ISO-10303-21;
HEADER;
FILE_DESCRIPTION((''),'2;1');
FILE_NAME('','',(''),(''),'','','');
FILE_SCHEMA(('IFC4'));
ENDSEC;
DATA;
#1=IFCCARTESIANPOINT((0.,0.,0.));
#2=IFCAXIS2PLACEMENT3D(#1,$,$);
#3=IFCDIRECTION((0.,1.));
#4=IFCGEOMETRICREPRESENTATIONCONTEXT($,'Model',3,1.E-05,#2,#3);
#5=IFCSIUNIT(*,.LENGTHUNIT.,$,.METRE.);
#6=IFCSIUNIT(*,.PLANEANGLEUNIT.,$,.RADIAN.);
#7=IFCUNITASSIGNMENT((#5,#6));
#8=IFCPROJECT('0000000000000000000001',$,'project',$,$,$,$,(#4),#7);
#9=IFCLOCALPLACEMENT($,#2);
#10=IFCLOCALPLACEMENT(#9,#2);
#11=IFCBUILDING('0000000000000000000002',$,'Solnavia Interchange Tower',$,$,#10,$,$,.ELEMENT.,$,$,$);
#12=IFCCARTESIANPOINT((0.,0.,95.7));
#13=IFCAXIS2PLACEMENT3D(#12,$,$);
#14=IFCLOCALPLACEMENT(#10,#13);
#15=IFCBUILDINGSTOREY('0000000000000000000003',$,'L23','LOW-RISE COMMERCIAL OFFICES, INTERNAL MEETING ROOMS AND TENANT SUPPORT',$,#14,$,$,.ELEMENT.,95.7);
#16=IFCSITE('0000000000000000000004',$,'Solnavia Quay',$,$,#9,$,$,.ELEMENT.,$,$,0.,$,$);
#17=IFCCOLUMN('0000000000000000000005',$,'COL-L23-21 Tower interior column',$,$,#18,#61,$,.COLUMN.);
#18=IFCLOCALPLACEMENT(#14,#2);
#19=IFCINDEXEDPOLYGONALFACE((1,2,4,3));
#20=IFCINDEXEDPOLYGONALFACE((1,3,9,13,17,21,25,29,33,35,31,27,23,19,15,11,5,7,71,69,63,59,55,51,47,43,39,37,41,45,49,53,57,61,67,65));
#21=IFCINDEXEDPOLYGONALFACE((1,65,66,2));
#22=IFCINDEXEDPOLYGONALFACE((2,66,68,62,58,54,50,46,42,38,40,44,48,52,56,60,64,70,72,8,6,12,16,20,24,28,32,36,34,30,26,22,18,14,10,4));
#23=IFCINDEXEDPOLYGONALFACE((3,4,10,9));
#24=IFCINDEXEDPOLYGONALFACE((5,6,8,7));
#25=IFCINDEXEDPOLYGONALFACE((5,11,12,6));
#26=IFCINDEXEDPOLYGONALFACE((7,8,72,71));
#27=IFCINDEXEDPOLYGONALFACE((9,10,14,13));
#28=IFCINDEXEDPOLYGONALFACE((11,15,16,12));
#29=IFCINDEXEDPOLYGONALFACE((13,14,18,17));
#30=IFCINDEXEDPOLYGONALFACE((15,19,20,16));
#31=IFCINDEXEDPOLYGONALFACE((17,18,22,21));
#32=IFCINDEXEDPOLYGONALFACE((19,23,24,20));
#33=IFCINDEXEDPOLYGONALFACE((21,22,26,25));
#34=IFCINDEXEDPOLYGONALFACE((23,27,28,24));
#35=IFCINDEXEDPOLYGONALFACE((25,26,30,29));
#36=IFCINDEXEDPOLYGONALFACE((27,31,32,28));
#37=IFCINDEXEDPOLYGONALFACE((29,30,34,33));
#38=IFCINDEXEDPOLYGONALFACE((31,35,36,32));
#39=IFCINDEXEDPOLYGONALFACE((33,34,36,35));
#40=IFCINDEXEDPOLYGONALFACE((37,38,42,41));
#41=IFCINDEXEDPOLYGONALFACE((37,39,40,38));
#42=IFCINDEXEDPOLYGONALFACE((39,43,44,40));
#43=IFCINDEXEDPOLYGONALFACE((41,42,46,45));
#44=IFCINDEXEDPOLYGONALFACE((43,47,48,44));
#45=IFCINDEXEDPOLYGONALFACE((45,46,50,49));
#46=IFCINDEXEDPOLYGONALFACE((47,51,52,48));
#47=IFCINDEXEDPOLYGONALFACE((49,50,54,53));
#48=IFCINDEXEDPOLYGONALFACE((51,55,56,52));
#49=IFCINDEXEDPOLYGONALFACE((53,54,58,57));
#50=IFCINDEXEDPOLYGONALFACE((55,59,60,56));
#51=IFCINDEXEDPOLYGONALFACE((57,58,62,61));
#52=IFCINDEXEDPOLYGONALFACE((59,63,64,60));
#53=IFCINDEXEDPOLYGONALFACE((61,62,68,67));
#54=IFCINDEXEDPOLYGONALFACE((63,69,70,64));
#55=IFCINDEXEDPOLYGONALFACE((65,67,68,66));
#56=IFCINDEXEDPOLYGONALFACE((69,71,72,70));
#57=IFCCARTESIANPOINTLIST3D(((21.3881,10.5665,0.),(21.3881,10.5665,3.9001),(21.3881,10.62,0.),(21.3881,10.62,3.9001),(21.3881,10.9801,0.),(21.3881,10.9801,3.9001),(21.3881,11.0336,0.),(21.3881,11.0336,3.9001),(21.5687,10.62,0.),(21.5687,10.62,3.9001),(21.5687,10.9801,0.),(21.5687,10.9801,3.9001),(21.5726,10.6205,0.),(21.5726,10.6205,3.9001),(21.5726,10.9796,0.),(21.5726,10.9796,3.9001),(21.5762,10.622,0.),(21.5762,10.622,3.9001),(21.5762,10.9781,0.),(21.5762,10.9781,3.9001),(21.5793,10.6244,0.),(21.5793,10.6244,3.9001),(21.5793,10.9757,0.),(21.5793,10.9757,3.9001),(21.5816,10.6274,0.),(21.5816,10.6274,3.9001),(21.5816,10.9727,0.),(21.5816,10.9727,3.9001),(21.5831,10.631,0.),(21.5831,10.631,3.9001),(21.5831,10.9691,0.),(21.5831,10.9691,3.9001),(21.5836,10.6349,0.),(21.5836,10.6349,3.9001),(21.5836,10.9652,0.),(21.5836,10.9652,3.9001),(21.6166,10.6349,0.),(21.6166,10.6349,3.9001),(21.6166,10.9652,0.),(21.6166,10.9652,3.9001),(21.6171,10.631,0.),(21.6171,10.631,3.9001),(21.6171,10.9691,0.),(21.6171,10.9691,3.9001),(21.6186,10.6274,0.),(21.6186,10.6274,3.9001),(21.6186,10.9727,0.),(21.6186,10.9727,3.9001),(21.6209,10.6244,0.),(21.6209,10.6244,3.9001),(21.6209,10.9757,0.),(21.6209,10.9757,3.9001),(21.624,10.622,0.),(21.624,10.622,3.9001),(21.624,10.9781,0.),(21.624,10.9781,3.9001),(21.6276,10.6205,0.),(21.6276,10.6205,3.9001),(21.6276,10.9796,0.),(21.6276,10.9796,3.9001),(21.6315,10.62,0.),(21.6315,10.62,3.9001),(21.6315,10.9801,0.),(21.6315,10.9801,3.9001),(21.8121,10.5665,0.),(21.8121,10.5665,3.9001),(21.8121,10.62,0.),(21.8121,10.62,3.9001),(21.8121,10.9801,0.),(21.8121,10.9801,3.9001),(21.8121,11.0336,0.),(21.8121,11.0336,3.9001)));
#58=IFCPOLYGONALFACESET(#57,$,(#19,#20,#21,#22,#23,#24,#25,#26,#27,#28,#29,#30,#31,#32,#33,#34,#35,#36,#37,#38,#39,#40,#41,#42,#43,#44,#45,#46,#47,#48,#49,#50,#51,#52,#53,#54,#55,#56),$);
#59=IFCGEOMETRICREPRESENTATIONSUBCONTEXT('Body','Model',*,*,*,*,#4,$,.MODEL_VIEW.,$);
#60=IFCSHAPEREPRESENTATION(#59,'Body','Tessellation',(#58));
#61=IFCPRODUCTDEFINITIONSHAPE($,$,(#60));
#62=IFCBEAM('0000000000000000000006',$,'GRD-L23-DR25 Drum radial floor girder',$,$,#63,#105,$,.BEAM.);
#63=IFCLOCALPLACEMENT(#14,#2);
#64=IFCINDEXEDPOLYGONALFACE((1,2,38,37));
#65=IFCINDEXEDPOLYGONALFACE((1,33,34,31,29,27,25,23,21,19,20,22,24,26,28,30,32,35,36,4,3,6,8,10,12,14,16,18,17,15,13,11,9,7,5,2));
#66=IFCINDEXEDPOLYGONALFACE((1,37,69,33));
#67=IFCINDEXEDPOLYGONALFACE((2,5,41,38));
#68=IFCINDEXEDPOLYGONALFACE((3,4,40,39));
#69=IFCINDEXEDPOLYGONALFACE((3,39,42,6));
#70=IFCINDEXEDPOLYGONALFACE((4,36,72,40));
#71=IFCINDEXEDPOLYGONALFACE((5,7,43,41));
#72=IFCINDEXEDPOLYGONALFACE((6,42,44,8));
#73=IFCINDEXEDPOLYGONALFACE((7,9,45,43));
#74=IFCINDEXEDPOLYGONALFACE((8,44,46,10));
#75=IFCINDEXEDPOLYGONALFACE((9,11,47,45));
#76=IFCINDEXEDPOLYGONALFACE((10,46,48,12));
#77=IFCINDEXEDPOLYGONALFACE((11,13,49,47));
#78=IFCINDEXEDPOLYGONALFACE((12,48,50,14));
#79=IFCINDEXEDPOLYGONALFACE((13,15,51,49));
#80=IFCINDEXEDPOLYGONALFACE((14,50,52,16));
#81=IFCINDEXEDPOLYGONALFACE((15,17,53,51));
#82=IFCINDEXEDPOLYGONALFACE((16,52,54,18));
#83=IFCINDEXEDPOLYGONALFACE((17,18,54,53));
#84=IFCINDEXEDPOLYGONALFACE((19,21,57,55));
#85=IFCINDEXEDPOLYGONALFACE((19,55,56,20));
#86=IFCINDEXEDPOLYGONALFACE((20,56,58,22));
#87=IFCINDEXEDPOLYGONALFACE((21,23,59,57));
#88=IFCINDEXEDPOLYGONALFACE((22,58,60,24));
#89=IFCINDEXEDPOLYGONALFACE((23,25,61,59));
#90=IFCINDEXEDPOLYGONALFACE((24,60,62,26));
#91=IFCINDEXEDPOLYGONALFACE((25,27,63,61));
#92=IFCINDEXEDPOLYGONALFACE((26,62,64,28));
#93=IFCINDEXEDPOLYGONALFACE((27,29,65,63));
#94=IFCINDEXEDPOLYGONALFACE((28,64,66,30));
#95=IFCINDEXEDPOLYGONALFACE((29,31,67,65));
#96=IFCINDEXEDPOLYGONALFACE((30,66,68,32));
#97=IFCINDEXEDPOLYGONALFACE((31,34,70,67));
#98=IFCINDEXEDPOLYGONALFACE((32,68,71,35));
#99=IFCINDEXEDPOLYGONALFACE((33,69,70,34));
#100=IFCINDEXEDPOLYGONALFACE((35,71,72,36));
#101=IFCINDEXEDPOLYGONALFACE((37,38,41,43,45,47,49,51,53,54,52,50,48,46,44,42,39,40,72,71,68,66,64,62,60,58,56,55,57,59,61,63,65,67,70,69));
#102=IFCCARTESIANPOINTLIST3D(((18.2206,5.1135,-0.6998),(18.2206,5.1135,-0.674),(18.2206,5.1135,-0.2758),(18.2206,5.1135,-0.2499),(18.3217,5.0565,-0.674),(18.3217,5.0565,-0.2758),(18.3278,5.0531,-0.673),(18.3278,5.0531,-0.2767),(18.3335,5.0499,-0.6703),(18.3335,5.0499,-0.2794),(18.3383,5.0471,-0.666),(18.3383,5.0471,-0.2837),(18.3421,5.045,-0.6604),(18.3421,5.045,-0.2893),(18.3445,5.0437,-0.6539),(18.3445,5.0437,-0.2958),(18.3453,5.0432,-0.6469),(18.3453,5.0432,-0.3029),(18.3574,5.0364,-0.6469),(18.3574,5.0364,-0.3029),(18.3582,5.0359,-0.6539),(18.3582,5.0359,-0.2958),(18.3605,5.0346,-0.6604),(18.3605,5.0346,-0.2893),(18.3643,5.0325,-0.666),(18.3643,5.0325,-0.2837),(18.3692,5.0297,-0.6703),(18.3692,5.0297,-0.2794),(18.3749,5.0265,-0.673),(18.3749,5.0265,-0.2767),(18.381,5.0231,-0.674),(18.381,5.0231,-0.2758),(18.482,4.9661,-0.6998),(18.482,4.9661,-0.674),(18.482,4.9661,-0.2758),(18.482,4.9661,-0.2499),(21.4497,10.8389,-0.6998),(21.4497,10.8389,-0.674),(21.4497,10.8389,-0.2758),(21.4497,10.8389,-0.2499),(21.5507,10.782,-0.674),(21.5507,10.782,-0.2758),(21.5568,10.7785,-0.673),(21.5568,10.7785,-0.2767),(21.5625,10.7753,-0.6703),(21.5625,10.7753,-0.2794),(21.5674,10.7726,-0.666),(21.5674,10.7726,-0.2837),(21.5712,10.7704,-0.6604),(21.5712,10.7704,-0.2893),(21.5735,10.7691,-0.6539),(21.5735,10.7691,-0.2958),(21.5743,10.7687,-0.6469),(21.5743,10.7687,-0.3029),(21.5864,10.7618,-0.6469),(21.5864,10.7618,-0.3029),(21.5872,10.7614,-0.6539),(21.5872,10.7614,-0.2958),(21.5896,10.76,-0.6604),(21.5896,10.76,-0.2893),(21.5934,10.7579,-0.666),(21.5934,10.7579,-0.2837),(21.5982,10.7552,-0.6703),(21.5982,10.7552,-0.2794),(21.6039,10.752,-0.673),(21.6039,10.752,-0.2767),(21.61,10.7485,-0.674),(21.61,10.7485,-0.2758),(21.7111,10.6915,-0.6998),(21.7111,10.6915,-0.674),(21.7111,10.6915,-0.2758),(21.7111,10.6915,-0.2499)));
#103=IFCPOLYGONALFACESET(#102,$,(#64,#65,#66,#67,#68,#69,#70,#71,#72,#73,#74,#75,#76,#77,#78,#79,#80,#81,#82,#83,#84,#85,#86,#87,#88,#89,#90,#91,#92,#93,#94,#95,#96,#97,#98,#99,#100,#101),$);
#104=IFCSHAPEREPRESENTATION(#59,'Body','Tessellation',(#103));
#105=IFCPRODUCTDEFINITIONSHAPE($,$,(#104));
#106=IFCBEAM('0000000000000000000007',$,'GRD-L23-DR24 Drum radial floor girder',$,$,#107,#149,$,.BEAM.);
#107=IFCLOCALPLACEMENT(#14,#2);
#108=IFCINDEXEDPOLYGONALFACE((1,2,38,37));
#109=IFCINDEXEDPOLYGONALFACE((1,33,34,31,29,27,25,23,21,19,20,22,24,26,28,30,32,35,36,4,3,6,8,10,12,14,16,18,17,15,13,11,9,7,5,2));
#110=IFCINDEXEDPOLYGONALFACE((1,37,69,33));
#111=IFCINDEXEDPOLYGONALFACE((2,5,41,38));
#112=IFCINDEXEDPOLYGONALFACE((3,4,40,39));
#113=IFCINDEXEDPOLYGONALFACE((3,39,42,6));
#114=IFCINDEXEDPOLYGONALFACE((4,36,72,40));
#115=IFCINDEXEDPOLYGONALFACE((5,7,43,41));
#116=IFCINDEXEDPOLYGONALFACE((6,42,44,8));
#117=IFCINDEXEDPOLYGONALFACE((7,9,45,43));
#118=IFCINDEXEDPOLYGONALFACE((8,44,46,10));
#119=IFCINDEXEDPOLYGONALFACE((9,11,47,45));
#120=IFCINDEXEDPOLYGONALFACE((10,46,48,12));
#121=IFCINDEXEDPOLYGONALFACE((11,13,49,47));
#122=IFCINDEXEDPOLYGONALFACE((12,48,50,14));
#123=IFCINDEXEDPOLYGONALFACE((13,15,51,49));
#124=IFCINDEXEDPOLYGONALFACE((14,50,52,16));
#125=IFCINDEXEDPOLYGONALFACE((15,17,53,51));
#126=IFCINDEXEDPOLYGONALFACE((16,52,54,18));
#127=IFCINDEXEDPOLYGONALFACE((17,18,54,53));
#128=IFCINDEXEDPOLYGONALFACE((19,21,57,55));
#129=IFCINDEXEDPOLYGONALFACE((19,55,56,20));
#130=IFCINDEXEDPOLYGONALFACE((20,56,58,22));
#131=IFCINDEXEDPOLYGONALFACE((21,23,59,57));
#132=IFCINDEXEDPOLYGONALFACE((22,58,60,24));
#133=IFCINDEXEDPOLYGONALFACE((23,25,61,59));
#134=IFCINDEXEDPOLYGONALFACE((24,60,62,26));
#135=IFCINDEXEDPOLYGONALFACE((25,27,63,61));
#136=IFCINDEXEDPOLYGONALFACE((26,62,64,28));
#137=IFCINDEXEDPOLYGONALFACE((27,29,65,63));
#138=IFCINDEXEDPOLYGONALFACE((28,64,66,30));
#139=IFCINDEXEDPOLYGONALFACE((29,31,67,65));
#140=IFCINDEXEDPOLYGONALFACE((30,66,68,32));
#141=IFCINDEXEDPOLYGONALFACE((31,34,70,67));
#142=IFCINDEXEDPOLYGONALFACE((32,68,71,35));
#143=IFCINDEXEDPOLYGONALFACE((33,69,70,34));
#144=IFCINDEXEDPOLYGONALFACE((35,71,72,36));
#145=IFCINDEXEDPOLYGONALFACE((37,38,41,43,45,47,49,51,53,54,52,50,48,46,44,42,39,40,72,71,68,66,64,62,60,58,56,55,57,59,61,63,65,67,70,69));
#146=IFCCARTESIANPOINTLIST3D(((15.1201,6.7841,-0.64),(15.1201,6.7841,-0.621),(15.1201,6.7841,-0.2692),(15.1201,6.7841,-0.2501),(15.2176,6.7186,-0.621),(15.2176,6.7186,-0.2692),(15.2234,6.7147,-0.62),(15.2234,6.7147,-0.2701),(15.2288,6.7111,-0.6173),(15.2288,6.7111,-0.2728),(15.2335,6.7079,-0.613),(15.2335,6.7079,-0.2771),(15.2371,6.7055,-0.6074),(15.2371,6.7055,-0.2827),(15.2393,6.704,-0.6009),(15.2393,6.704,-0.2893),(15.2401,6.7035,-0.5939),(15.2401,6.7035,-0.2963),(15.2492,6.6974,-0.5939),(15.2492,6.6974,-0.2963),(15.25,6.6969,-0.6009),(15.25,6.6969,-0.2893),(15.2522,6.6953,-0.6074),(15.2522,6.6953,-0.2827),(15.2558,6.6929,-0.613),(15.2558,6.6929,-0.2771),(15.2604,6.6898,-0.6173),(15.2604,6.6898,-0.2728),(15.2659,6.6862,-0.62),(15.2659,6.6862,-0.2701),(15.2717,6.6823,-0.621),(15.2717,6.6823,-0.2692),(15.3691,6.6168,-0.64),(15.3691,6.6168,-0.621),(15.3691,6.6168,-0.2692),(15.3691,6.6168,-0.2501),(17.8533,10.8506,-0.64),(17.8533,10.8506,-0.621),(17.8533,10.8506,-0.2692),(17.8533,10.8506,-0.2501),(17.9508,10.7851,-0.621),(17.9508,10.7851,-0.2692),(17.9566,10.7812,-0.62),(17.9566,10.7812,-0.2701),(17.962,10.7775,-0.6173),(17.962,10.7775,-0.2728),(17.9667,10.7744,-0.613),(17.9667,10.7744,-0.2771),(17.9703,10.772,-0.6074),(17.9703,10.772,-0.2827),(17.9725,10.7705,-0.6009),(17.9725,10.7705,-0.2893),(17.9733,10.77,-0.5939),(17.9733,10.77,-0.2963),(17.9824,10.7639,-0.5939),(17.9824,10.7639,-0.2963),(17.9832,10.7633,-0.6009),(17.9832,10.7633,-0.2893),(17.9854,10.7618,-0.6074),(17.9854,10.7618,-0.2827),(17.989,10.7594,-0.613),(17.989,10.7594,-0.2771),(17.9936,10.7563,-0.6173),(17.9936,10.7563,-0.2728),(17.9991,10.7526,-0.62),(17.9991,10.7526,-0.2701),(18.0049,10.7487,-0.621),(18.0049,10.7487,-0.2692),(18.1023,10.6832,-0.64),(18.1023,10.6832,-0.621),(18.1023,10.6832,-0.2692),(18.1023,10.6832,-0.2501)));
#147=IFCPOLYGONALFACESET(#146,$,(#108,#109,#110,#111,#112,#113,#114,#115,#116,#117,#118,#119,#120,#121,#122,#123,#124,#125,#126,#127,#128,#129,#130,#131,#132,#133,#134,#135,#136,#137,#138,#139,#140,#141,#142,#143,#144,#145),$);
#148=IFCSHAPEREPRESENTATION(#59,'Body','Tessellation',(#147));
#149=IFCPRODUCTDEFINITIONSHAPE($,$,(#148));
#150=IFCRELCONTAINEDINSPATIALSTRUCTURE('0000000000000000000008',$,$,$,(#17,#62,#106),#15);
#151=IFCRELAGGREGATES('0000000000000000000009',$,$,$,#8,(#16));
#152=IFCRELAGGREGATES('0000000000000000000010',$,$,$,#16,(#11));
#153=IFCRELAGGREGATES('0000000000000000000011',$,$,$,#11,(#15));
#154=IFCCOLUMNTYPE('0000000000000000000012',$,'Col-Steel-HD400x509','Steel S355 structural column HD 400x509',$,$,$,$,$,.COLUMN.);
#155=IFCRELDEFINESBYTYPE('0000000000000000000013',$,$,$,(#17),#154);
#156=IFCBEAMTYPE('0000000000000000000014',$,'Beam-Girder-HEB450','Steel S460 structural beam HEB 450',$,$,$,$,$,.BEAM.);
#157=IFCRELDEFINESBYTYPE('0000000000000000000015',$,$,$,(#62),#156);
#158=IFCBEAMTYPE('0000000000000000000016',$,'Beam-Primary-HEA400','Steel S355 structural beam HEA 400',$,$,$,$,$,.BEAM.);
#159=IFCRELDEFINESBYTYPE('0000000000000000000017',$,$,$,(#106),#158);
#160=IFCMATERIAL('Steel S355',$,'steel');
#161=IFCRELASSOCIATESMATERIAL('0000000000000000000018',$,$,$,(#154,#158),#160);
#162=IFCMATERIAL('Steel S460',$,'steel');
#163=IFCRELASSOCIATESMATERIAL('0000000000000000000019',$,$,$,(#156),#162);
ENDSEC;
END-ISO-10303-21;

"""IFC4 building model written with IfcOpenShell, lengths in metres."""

from ifc_helpers import new_model, si_unit, direction, frame, origin, origin_2d, place, context, subcontext, project, spatial, i_section, extrude, material, material_profile, profile_set, type_object, element, save


model = new_model("IFC4")

# Units and contexts
model_context = context("Model", 3, precision=1e-05, world=origin(), true_north=direction((0.0, 1.0)))
body_context = subcontext(model_context, "Body", "Model", "MODEL_VIEW")
ifc_project = project(units=[si_unit("LENGTHUNIT", "METRE"), si_unit("PLANEANGLEUNIT", "RADIAN")], contexts=[model_context])

# Site, building, storey
site_placement = place(None, origin())
site = spatial("IfcSite", under=ifc_project, at=site_placement, Name="Solnavia Quay", CompositionType="ELEMENT", RefElevation=0.0)
building_placement = place(site_placement, origin())
building = spatial("IfcBuilding", under=site, at=building_placement, Name="Solnavia Interchange Tower", CompositionType="ELEMENT")
storey_placement = place(building_placement, frame((0.0, 0.0, 95.7)))
storey = spatial("IfcBuildingStorey", under=building, at=storey_placement, Name="L23", Description="LOW-RISE COMMERCIAL OFFICES, INTERNAL MEETING ROOMS AND TENANT SUPPORT", CompositionType="ELEMENT", Elevation=95.7)

# Column
ifc_material_1 = material(Name="Steel S355", Category="steel")
ifc_material_profile_1 = material_profile(ifc_material_1, i_section(OverallWidth=0.4241, OverallDepth=0.467, WebThickness=0.033, FlangeThickness=0.0535, FilletRadius=0.0149, at=origin_2d()), Name="HD 400x509")
ifc_profile_set_1 = profile_set([ifc_material_profile_1], Name="Steel S355")
column_type_1 = type_object("IfcColumnType", Name="Col-Steel-HD400x509", Description="Steel S355 structural column HD 400x509", PredefinedType="COLUMN", material=ifc_profile_set_1)
column_placement = place(storey_placement, frame((21.6001, 10.8, 0.0), z_axis=(0.0, 0.0, 1.0), x_axis=(1.0, 0.0, 0.0)))
element("IfcColumn", 1, at=column_placement, inside=storey, type_object=column_type_1, Name="COL-L23-21 Tower interior column", PredefinedType="COLUMN", context=body_context, shape_type="SweptSolid", body=[
    extrude(i_section(OverallWidth=0.4241, OverallDepth=0.467, WebThickness=0.033, FlangeThickness=0.0535, FilletRadius=0.0149, at=origin_2d()), origin(), (0.0, 0.0, 1.0), 3.9001),
])

# Beams
ifc_material_2 = material(Name="Steel S460", Category="steel")
ifc_material_profile_2 = material_profile(ifc_material_2, i_section(OverallWidth=0.3, OverallDepth=0.45, WebThickness=0.0139, FlangeThickness=0.0259, FilletRadius=0.0271, at=origin_2d()), Name="HEB 450")
ifc_profile_set_2 = profile_set([ifc_material_profile_2], Name="Steel S460")
beam_type_1 = type_object("IfcBeamType", Name="Beam-Girder-HEB450", Description="Steel S460 structural beam HEB 450", PredefinedType="BEAM", material=ifc_profile_set_2)
beam_1_placement = place(storey_placement, frame((18.3513, 5.0398, -0.4749), z_axis=(0.491243, 0.871022, 0.0), x_axis=(-0.871022, 0.491243, 0.0)))
element("IfcBeam", 2, at=beam_1_placement, inside=storey, type_object=beam_type_1, Name="GRD-L23-DR25 Drum radial floor girder", PredefinedType="BEAM", context=body_context, shape_type="SweptSolid", body=[
    extrude(i_section(OverallWidth=0.3, OverallDepth=0.45, WebThickness=0.0139, FlangeThickness=0.0259, FilletRadius=0.0271, at=origin_2d()), origin(), (0.0, 0.0, 1.0), 6.5732),
])
ifc_material_profile_3 = material_profile(ifc_material_1, i_section(OverallWidth=0.3, OverallDepth=0.3899, WebThickness=0.011, FlangeThickness=0.019, FilletRadius=0.0271, at=origin_2d()), Name="HEA 400")
ifc_profile_set_3 = profile_set([ifc_material_profile_3], Name="Steel S355")
beam_type_2 = type_object("IfcBeamType", Name="Beam-Primary-HEA400", Description="Steel S355 structural beam HEA 400", PredefinedType="BEAM", material=ifc_profile_set_3)
beam_2_placement = place(storey_placement, frame((15.2446, 6.7004, -0.4451), z_axis=(0.557835, 0.829952, 0.0), x_axis=(-0.829952, 0.557835, 0.0)))
element("IfcBeam", 3, at=beam_2_placement, inside=storey, type_object=beam_type_2, Name="GRD-L23-DR24 Drum radial floor girder", PredefinedType="BEAM", context=body_context, shape_type="SweptSolid", body=[
    extrude(i_section(OverallWidth=0.3, OverallDepth=0.3899, WebThickness=0.011, FlangeThickness=0.019, FilletRadius=0.0271, at=origin_2d()), origin(), (0.0, 0.0, 1.0), 4.8997),
])

save(model, "model.ifc")
